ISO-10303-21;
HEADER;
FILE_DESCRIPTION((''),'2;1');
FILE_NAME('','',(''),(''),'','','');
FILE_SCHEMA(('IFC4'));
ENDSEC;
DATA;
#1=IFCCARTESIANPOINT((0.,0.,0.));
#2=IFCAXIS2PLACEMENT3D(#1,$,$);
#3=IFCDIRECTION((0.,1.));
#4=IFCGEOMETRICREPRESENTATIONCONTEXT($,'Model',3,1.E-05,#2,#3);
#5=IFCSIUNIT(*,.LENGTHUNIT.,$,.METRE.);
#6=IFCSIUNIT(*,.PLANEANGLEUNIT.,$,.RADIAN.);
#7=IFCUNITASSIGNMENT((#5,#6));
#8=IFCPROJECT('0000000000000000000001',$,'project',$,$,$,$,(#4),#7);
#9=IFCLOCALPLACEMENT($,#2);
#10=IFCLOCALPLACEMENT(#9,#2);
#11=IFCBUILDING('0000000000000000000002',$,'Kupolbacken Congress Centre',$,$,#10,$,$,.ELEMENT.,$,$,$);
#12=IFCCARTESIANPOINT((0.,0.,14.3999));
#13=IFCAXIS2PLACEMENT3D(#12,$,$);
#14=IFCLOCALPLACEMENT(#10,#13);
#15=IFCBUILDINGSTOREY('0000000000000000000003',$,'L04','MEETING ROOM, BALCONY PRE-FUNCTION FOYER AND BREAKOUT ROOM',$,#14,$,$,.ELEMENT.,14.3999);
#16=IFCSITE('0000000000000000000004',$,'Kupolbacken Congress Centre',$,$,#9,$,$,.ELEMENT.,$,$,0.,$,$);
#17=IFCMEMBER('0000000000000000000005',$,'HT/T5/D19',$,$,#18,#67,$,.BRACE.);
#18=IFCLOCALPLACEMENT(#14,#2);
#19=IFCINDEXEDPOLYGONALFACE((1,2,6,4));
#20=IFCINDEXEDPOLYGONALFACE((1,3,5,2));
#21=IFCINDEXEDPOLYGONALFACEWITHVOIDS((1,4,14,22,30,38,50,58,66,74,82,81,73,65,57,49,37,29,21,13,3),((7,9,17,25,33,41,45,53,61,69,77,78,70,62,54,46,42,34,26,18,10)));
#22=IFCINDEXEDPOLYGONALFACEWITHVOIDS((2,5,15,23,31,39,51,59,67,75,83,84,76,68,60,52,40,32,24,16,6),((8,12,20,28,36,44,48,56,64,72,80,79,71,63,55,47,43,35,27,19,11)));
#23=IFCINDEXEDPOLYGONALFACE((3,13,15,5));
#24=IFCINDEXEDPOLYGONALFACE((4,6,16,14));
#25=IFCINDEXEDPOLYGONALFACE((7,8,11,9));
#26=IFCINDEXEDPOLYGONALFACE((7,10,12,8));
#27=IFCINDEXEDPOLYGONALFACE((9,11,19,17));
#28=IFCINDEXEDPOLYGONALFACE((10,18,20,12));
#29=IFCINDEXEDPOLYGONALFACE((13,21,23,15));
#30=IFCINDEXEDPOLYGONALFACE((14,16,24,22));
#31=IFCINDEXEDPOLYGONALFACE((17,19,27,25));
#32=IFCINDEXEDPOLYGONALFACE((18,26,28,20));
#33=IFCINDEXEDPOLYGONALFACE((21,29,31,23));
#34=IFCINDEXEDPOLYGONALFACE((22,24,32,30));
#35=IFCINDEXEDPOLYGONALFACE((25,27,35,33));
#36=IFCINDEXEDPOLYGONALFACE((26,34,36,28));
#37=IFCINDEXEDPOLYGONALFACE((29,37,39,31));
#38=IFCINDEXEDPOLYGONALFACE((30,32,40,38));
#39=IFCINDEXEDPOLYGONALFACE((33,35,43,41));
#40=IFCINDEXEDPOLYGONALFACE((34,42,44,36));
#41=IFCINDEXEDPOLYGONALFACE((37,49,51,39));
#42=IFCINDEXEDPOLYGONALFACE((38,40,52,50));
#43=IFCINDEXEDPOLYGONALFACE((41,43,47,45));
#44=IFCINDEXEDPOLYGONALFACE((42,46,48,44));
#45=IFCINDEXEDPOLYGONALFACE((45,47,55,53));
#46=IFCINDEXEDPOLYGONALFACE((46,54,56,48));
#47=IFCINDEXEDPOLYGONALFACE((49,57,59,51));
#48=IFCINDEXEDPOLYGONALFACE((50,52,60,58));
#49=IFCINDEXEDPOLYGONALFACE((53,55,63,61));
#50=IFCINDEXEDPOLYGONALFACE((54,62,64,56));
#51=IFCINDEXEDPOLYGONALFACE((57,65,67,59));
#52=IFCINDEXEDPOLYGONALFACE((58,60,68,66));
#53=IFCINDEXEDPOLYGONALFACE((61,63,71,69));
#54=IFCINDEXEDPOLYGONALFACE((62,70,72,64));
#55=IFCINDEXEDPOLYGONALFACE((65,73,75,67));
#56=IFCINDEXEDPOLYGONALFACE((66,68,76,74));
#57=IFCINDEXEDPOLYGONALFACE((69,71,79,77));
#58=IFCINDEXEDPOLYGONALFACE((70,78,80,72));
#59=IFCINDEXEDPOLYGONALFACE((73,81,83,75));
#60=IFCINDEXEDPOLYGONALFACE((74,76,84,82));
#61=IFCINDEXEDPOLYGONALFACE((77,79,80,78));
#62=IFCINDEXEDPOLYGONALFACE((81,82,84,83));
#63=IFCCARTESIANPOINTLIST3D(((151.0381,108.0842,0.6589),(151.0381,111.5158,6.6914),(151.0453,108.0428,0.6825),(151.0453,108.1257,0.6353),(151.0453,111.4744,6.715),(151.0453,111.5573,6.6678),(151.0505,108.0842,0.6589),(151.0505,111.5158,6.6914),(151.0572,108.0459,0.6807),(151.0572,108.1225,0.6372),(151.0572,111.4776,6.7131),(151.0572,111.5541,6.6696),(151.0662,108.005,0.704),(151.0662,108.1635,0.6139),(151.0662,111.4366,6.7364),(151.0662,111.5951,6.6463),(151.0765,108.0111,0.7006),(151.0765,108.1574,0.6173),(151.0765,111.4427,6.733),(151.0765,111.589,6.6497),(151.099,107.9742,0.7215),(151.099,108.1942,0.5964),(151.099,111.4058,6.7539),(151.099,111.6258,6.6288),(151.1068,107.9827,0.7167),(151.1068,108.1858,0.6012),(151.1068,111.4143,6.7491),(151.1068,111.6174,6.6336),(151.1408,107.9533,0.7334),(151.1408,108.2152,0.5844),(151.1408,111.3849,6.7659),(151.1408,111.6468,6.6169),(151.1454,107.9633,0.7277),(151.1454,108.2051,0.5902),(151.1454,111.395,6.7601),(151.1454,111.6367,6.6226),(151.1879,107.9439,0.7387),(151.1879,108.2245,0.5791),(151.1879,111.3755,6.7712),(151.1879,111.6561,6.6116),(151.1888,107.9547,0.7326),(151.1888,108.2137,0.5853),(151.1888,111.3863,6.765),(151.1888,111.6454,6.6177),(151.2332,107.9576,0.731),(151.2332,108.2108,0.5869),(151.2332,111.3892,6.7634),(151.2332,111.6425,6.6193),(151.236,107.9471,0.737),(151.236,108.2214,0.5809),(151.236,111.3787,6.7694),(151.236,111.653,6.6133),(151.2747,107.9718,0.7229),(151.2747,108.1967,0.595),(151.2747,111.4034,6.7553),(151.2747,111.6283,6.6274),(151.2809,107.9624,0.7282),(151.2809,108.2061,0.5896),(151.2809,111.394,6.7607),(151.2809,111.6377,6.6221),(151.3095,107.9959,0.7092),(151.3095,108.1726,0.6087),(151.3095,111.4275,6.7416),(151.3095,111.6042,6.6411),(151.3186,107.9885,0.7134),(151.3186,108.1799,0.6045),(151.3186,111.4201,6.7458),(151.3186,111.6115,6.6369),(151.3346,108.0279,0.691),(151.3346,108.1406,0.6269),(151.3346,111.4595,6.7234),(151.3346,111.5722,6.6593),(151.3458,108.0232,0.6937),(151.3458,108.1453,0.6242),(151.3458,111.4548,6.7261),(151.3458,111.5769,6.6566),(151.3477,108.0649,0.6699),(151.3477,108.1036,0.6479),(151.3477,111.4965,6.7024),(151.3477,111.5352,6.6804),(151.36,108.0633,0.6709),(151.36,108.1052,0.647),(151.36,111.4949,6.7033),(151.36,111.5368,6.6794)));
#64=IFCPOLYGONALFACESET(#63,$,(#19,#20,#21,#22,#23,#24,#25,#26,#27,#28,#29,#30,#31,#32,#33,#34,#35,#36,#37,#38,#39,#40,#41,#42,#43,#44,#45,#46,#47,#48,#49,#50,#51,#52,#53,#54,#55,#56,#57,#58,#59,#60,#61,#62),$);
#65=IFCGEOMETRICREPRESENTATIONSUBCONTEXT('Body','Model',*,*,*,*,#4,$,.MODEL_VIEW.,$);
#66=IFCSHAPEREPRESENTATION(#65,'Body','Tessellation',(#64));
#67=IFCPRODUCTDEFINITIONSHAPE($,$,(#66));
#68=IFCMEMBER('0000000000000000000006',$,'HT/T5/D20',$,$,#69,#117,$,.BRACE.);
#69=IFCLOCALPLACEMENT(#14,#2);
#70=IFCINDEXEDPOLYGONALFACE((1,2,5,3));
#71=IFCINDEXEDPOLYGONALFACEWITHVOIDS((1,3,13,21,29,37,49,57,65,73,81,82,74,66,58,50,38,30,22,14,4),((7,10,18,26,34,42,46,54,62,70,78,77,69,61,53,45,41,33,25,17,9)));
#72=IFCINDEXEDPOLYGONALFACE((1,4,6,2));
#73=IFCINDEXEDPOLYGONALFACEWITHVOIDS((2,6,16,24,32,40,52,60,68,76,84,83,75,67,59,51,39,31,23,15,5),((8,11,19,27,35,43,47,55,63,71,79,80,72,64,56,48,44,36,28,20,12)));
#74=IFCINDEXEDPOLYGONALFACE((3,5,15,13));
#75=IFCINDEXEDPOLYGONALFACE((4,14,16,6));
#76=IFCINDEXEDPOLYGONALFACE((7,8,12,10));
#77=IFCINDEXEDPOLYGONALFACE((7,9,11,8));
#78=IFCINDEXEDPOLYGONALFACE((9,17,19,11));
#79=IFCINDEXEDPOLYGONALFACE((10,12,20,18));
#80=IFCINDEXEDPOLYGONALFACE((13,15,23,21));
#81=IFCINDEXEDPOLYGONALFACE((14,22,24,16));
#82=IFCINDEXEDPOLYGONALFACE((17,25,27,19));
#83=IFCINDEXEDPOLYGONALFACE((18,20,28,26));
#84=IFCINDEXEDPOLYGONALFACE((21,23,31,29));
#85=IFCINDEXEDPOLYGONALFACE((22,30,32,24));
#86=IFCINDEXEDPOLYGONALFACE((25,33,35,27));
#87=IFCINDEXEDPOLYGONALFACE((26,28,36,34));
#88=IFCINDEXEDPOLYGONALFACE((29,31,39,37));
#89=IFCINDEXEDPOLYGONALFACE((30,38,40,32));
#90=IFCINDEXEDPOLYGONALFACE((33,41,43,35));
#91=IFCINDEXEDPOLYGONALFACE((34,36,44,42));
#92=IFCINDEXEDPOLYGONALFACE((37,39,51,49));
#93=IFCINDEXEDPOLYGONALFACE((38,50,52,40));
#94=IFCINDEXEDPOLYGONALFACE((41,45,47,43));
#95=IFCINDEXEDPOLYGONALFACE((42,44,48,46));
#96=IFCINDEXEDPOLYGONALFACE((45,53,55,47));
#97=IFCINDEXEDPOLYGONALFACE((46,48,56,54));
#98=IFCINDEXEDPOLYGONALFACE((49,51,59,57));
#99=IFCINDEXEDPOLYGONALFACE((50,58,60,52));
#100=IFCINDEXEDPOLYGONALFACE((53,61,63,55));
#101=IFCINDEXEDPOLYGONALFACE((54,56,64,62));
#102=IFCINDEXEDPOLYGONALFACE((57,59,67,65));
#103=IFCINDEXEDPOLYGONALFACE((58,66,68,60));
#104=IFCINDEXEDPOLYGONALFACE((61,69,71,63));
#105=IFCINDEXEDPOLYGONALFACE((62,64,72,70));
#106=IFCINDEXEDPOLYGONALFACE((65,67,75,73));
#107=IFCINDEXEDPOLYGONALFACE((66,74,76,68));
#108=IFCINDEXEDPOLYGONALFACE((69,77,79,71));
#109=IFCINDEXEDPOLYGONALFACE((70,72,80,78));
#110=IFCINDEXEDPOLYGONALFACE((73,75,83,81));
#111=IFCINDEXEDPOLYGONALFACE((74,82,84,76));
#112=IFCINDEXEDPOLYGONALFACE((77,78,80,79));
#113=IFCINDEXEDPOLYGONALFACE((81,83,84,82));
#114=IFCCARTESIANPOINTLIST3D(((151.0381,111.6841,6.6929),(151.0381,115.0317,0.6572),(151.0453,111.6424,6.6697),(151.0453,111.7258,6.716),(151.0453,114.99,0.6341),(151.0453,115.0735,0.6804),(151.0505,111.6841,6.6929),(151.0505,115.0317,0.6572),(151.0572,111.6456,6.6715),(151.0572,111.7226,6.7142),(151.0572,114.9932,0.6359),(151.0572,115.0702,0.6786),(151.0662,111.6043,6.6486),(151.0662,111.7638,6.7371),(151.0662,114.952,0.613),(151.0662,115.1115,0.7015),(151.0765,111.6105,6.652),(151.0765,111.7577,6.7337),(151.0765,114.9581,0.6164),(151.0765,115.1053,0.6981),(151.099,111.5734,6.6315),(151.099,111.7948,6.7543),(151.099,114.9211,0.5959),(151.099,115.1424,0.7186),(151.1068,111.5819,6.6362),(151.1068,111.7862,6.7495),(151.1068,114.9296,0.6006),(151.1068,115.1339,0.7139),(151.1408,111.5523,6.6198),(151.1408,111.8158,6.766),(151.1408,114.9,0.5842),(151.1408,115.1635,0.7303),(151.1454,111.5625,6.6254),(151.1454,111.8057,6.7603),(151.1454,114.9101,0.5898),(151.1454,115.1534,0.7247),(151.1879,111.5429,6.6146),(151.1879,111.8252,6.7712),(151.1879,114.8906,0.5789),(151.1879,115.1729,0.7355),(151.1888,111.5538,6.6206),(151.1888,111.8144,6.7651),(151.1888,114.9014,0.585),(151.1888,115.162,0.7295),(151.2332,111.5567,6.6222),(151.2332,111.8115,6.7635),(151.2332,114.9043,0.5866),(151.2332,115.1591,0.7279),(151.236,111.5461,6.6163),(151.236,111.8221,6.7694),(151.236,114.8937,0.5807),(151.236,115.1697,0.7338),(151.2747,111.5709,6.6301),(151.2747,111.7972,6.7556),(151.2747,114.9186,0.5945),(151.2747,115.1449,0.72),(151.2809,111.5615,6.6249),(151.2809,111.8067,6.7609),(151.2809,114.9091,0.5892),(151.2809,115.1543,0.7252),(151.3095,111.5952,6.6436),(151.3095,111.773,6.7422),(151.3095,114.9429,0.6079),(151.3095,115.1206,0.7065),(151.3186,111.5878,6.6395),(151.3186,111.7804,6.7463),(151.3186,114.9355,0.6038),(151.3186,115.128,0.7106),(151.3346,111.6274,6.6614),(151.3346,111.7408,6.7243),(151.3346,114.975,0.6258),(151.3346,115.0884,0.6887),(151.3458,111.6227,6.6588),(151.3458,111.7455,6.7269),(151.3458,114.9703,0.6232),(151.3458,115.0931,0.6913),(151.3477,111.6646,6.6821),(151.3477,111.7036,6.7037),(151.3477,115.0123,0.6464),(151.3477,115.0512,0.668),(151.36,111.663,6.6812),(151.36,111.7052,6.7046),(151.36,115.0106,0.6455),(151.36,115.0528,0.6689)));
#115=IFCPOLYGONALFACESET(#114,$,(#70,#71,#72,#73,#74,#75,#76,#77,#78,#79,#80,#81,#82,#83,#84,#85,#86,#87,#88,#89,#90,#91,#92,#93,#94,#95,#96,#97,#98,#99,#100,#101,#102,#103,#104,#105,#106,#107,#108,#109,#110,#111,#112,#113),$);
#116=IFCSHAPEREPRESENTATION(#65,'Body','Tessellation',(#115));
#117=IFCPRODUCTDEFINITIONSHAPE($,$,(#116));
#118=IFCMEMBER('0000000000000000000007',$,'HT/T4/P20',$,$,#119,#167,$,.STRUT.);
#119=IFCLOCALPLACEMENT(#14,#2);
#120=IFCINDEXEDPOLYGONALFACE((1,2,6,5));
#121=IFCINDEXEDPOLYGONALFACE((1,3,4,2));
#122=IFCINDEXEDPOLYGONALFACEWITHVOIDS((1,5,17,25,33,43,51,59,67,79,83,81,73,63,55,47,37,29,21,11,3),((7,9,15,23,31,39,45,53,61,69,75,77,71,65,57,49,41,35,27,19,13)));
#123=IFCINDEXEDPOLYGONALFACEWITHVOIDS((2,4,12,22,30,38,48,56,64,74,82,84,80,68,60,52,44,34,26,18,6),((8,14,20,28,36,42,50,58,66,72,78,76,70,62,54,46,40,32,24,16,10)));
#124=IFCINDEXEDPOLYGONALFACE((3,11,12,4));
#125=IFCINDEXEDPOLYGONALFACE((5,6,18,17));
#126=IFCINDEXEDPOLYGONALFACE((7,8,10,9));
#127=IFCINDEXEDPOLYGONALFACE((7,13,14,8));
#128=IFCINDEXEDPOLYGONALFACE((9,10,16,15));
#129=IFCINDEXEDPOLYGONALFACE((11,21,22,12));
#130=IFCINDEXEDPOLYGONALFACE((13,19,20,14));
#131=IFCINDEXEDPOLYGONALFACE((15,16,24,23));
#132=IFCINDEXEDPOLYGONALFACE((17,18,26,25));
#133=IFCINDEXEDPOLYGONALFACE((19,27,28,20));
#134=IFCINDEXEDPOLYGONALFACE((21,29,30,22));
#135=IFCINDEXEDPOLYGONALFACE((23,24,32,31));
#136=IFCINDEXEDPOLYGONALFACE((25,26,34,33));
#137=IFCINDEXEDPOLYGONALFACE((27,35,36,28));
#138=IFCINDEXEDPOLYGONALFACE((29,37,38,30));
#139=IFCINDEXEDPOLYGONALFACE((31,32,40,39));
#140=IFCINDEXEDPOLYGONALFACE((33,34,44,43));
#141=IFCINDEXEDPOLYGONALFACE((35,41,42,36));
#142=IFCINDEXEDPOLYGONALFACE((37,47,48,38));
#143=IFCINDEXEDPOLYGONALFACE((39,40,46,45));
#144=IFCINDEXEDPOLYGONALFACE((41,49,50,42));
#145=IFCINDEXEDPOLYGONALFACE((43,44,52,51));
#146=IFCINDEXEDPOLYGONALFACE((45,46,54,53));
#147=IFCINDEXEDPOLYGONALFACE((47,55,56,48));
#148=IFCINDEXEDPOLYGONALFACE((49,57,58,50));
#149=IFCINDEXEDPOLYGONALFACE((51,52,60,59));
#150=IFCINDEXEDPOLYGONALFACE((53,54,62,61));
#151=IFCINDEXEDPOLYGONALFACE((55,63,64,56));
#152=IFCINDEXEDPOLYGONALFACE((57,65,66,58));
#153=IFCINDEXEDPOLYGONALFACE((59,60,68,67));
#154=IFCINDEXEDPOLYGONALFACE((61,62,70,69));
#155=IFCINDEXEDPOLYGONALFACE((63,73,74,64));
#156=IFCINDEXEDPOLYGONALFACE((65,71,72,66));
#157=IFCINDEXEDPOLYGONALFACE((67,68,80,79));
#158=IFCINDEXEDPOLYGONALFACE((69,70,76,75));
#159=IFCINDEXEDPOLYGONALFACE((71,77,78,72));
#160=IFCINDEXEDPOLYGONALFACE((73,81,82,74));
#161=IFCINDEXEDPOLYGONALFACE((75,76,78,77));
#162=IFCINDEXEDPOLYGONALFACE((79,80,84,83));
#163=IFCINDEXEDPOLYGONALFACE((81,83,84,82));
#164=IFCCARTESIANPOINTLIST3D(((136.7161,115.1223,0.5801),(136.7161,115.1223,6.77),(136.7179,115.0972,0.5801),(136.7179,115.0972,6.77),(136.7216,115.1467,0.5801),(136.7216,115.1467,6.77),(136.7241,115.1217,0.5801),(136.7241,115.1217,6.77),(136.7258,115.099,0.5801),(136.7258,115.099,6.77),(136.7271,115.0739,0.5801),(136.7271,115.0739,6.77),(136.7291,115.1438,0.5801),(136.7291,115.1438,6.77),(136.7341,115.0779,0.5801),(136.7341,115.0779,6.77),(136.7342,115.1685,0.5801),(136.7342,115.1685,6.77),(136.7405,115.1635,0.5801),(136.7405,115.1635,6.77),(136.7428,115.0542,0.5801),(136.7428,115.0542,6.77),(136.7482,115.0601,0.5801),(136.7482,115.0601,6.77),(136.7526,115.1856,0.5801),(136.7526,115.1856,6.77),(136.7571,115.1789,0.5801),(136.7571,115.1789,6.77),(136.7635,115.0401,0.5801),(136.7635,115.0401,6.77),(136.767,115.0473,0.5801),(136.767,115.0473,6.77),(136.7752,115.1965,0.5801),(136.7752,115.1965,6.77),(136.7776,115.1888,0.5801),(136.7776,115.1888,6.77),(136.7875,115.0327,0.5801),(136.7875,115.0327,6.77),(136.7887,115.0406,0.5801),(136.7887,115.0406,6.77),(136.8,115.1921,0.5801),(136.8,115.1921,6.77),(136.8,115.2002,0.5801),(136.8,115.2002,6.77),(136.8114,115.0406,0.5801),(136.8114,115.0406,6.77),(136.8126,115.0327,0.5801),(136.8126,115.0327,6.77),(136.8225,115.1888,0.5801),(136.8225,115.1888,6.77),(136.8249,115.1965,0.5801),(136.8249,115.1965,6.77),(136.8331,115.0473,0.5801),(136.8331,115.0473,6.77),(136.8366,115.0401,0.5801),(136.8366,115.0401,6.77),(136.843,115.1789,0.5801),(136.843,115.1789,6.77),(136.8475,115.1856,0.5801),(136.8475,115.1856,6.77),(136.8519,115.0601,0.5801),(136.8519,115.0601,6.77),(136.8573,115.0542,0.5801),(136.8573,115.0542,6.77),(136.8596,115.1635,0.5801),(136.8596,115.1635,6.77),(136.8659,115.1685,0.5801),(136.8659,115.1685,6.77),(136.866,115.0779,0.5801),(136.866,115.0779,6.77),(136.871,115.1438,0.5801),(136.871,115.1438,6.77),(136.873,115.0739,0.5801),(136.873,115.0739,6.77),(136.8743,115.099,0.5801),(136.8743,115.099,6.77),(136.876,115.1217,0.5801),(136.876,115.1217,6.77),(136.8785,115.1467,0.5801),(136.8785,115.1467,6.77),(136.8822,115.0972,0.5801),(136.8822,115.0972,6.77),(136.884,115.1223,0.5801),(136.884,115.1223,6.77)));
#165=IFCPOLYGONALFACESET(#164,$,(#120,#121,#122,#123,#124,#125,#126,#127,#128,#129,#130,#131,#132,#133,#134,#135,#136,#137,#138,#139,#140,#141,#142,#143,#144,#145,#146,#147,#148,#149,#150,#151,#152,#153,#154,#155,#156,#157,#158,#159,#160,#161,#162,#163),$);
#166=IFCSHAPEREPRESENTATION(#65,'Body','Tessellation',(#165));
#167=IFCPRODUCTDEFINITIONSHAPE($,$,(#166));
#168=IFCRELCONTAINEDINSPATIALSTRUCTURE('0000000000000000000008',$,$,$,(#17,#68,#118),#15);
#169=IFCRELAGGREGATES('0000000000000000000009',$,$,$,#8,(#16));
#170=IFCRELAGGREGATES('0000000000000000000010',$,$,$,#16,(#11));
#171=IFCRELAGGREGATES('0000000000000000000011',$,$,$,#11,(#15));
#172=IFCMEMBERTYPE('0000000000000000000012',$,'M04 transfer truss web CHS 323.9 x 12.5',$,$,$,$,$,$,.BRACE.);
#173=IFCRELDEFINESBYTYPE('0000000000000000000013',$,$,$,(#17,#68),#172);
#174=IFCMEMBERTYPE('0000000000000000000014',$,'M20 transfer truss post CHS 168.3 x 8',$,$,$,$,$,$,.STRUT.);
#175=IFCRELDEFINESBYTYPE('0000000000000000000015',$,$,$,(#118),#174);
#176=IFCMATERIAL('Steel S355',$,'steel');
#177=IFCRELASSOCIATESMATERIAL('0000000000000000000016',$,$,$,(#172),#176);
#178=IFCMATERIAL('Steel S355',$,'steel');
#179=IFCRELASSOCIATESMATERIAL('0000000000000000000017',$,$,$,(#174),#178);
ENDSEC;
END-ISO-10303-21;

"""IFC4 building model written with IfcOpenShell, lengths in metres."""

from ifc_helpers import new_model, si_unit, direction, frame, origin, origin_2d, place, context, subcontext, project, spatial, hollow_circle, extrude, material, material_profile, profile_set, type_object, element, save


model = new_model("IFC4")

# Units and contexts
model_context = context("Model", 3, precision=1e-05, world=origin(), true_north=direction((0.0, 1.0)))
body_context = subcontext(model_context, "Body", "Model", "MODEL_VIEW")
ifc_project = project(units=[si_unit("LENGTHUNIT", "METRE"), si_unit("PLANEANGLEUNIT", "RADIAN")], contexts=[model_context])

# Site, building, storey
site_placement = place(None, origin())
site = spatial("IfcSite", under=ifc_project, at=site_placement, Name="Kupolbacken Congress Centre", CompositionType="ELEMENT", RefElevation=0.0)
building_placement = place(site_placement, origin())
building = spatial("IfcBuilding", under=site, at=building_placement, Name="Kupolbacken Congress Centre", CompositionType="ELEMENT")
storey_placement = place(building_placement, frame((0.0, 0.0, 14.3999)))
storey = spatial("IfcBuildingStorey", under=building, at=storey_placement, Name="L04", Description="MEETING ROOM, BALCONY PRE-FUNCTION FOYER AND BREAKOUT ROOM", CompositionType="ELEMENT", Elevation=14.3999)

# Members
ifc_material_1 = material(Name="Steel S355", Category="steel")
ifc_material_profile_1 = material_profile(ifc_material_1, hollow_circle(Radius=0.1619, WallThickness=0.0125, at=origin_2d()), Name="CHS 323.9 x 12.5")
ifc_profile_set_1 = profile_set([ifc_material_profile_1], Name="Steel S355")
member_type_1 = type_object("IfcMemberType", Name="M04 transfer truss web CHS 323.9 x 12.5", PredefinedType="BRACE", material=ifc_profile_set_1)
member_1_placement = place(storey_placement, frame((151.2, 108.0842, 0.6589), z_axis=(0.0, 0.494456, 0.869203), x_axis=(-1.0, 0.0, 0.0)))
element("IfcMember", 1, at=member_1_placement, inside=storey, type_object=member_type_1, Name="HT/T5/D19", PredefinedType="BRACE", context=body_context, shape_type="SweptSolid", body=[
    extrude(hollow_circle(Radius=0.1619, WallThickness=0.0125, at=origin_2d()), origin(), (0.0, 0.0, 1.0), 6.9402),
])
member_2_placement = place(storey_placement, frame((151.2, 111.6841, 6.6929), z_axis=(0.0, 0.485036, -0.874494), x_axis=(-1.0, 0.0, 0.0)))
element("IfcMember", 2, at=member_2_placement, inside=storey, type_object=member_type_1, Name="HT/T5/D20", PredefinedType="BRACE", context=body_context, shape_type="SweptSolid", body=[
    extrude(hollow_circle(Radius=0.1619, WallThickness=0.0125, at=origin_2d()), origin(), (0.0, 0.0, 1.0), 6.9019),
])
ifc_material_2 = material(Name="Steel S355", Category="steel")
ifc_material_profile_2 = material_profile(ifc_material_2, hollow_circle(Radius=0.0842, WallThickness=0.0081, at=origin_2d()), Name="CHS 168.3 x 8")
ifc_profile_set_2 = profile_set([ifc_material_profile_2], Name="Steel S355")
member_type_2 = type_object("IfcMemberType", Name="M20 transfer truss post CHS 168.3 x 8", PredefinedType="STRUT", material=ifc_profile_set_2)
for number, where, z_axis, x_axis, name in (
    (3, (136.8, 115.116, 0.5801), (0.0, 0.0, 1.0), (0.0, 1.0, 0.0), "HT/T4/P20"),
):
    element("IfcMember", number, at=place(storey_placement, frame(where, z_axis=z_axis, x_axis=x_axis)), inside=storey, type_object=member_type_2, Name=name, PredefinedType="STRUT", context=body_context, shape_type="SweptSolid", body=[
        extrude(hollow_circle(Radius=0.0842, WallThickness=0.0081, at=origin_2d()), origin(), (0.0, 0.0, 1.0), 6.1899),
    ])

save(model, "model.ifc")
